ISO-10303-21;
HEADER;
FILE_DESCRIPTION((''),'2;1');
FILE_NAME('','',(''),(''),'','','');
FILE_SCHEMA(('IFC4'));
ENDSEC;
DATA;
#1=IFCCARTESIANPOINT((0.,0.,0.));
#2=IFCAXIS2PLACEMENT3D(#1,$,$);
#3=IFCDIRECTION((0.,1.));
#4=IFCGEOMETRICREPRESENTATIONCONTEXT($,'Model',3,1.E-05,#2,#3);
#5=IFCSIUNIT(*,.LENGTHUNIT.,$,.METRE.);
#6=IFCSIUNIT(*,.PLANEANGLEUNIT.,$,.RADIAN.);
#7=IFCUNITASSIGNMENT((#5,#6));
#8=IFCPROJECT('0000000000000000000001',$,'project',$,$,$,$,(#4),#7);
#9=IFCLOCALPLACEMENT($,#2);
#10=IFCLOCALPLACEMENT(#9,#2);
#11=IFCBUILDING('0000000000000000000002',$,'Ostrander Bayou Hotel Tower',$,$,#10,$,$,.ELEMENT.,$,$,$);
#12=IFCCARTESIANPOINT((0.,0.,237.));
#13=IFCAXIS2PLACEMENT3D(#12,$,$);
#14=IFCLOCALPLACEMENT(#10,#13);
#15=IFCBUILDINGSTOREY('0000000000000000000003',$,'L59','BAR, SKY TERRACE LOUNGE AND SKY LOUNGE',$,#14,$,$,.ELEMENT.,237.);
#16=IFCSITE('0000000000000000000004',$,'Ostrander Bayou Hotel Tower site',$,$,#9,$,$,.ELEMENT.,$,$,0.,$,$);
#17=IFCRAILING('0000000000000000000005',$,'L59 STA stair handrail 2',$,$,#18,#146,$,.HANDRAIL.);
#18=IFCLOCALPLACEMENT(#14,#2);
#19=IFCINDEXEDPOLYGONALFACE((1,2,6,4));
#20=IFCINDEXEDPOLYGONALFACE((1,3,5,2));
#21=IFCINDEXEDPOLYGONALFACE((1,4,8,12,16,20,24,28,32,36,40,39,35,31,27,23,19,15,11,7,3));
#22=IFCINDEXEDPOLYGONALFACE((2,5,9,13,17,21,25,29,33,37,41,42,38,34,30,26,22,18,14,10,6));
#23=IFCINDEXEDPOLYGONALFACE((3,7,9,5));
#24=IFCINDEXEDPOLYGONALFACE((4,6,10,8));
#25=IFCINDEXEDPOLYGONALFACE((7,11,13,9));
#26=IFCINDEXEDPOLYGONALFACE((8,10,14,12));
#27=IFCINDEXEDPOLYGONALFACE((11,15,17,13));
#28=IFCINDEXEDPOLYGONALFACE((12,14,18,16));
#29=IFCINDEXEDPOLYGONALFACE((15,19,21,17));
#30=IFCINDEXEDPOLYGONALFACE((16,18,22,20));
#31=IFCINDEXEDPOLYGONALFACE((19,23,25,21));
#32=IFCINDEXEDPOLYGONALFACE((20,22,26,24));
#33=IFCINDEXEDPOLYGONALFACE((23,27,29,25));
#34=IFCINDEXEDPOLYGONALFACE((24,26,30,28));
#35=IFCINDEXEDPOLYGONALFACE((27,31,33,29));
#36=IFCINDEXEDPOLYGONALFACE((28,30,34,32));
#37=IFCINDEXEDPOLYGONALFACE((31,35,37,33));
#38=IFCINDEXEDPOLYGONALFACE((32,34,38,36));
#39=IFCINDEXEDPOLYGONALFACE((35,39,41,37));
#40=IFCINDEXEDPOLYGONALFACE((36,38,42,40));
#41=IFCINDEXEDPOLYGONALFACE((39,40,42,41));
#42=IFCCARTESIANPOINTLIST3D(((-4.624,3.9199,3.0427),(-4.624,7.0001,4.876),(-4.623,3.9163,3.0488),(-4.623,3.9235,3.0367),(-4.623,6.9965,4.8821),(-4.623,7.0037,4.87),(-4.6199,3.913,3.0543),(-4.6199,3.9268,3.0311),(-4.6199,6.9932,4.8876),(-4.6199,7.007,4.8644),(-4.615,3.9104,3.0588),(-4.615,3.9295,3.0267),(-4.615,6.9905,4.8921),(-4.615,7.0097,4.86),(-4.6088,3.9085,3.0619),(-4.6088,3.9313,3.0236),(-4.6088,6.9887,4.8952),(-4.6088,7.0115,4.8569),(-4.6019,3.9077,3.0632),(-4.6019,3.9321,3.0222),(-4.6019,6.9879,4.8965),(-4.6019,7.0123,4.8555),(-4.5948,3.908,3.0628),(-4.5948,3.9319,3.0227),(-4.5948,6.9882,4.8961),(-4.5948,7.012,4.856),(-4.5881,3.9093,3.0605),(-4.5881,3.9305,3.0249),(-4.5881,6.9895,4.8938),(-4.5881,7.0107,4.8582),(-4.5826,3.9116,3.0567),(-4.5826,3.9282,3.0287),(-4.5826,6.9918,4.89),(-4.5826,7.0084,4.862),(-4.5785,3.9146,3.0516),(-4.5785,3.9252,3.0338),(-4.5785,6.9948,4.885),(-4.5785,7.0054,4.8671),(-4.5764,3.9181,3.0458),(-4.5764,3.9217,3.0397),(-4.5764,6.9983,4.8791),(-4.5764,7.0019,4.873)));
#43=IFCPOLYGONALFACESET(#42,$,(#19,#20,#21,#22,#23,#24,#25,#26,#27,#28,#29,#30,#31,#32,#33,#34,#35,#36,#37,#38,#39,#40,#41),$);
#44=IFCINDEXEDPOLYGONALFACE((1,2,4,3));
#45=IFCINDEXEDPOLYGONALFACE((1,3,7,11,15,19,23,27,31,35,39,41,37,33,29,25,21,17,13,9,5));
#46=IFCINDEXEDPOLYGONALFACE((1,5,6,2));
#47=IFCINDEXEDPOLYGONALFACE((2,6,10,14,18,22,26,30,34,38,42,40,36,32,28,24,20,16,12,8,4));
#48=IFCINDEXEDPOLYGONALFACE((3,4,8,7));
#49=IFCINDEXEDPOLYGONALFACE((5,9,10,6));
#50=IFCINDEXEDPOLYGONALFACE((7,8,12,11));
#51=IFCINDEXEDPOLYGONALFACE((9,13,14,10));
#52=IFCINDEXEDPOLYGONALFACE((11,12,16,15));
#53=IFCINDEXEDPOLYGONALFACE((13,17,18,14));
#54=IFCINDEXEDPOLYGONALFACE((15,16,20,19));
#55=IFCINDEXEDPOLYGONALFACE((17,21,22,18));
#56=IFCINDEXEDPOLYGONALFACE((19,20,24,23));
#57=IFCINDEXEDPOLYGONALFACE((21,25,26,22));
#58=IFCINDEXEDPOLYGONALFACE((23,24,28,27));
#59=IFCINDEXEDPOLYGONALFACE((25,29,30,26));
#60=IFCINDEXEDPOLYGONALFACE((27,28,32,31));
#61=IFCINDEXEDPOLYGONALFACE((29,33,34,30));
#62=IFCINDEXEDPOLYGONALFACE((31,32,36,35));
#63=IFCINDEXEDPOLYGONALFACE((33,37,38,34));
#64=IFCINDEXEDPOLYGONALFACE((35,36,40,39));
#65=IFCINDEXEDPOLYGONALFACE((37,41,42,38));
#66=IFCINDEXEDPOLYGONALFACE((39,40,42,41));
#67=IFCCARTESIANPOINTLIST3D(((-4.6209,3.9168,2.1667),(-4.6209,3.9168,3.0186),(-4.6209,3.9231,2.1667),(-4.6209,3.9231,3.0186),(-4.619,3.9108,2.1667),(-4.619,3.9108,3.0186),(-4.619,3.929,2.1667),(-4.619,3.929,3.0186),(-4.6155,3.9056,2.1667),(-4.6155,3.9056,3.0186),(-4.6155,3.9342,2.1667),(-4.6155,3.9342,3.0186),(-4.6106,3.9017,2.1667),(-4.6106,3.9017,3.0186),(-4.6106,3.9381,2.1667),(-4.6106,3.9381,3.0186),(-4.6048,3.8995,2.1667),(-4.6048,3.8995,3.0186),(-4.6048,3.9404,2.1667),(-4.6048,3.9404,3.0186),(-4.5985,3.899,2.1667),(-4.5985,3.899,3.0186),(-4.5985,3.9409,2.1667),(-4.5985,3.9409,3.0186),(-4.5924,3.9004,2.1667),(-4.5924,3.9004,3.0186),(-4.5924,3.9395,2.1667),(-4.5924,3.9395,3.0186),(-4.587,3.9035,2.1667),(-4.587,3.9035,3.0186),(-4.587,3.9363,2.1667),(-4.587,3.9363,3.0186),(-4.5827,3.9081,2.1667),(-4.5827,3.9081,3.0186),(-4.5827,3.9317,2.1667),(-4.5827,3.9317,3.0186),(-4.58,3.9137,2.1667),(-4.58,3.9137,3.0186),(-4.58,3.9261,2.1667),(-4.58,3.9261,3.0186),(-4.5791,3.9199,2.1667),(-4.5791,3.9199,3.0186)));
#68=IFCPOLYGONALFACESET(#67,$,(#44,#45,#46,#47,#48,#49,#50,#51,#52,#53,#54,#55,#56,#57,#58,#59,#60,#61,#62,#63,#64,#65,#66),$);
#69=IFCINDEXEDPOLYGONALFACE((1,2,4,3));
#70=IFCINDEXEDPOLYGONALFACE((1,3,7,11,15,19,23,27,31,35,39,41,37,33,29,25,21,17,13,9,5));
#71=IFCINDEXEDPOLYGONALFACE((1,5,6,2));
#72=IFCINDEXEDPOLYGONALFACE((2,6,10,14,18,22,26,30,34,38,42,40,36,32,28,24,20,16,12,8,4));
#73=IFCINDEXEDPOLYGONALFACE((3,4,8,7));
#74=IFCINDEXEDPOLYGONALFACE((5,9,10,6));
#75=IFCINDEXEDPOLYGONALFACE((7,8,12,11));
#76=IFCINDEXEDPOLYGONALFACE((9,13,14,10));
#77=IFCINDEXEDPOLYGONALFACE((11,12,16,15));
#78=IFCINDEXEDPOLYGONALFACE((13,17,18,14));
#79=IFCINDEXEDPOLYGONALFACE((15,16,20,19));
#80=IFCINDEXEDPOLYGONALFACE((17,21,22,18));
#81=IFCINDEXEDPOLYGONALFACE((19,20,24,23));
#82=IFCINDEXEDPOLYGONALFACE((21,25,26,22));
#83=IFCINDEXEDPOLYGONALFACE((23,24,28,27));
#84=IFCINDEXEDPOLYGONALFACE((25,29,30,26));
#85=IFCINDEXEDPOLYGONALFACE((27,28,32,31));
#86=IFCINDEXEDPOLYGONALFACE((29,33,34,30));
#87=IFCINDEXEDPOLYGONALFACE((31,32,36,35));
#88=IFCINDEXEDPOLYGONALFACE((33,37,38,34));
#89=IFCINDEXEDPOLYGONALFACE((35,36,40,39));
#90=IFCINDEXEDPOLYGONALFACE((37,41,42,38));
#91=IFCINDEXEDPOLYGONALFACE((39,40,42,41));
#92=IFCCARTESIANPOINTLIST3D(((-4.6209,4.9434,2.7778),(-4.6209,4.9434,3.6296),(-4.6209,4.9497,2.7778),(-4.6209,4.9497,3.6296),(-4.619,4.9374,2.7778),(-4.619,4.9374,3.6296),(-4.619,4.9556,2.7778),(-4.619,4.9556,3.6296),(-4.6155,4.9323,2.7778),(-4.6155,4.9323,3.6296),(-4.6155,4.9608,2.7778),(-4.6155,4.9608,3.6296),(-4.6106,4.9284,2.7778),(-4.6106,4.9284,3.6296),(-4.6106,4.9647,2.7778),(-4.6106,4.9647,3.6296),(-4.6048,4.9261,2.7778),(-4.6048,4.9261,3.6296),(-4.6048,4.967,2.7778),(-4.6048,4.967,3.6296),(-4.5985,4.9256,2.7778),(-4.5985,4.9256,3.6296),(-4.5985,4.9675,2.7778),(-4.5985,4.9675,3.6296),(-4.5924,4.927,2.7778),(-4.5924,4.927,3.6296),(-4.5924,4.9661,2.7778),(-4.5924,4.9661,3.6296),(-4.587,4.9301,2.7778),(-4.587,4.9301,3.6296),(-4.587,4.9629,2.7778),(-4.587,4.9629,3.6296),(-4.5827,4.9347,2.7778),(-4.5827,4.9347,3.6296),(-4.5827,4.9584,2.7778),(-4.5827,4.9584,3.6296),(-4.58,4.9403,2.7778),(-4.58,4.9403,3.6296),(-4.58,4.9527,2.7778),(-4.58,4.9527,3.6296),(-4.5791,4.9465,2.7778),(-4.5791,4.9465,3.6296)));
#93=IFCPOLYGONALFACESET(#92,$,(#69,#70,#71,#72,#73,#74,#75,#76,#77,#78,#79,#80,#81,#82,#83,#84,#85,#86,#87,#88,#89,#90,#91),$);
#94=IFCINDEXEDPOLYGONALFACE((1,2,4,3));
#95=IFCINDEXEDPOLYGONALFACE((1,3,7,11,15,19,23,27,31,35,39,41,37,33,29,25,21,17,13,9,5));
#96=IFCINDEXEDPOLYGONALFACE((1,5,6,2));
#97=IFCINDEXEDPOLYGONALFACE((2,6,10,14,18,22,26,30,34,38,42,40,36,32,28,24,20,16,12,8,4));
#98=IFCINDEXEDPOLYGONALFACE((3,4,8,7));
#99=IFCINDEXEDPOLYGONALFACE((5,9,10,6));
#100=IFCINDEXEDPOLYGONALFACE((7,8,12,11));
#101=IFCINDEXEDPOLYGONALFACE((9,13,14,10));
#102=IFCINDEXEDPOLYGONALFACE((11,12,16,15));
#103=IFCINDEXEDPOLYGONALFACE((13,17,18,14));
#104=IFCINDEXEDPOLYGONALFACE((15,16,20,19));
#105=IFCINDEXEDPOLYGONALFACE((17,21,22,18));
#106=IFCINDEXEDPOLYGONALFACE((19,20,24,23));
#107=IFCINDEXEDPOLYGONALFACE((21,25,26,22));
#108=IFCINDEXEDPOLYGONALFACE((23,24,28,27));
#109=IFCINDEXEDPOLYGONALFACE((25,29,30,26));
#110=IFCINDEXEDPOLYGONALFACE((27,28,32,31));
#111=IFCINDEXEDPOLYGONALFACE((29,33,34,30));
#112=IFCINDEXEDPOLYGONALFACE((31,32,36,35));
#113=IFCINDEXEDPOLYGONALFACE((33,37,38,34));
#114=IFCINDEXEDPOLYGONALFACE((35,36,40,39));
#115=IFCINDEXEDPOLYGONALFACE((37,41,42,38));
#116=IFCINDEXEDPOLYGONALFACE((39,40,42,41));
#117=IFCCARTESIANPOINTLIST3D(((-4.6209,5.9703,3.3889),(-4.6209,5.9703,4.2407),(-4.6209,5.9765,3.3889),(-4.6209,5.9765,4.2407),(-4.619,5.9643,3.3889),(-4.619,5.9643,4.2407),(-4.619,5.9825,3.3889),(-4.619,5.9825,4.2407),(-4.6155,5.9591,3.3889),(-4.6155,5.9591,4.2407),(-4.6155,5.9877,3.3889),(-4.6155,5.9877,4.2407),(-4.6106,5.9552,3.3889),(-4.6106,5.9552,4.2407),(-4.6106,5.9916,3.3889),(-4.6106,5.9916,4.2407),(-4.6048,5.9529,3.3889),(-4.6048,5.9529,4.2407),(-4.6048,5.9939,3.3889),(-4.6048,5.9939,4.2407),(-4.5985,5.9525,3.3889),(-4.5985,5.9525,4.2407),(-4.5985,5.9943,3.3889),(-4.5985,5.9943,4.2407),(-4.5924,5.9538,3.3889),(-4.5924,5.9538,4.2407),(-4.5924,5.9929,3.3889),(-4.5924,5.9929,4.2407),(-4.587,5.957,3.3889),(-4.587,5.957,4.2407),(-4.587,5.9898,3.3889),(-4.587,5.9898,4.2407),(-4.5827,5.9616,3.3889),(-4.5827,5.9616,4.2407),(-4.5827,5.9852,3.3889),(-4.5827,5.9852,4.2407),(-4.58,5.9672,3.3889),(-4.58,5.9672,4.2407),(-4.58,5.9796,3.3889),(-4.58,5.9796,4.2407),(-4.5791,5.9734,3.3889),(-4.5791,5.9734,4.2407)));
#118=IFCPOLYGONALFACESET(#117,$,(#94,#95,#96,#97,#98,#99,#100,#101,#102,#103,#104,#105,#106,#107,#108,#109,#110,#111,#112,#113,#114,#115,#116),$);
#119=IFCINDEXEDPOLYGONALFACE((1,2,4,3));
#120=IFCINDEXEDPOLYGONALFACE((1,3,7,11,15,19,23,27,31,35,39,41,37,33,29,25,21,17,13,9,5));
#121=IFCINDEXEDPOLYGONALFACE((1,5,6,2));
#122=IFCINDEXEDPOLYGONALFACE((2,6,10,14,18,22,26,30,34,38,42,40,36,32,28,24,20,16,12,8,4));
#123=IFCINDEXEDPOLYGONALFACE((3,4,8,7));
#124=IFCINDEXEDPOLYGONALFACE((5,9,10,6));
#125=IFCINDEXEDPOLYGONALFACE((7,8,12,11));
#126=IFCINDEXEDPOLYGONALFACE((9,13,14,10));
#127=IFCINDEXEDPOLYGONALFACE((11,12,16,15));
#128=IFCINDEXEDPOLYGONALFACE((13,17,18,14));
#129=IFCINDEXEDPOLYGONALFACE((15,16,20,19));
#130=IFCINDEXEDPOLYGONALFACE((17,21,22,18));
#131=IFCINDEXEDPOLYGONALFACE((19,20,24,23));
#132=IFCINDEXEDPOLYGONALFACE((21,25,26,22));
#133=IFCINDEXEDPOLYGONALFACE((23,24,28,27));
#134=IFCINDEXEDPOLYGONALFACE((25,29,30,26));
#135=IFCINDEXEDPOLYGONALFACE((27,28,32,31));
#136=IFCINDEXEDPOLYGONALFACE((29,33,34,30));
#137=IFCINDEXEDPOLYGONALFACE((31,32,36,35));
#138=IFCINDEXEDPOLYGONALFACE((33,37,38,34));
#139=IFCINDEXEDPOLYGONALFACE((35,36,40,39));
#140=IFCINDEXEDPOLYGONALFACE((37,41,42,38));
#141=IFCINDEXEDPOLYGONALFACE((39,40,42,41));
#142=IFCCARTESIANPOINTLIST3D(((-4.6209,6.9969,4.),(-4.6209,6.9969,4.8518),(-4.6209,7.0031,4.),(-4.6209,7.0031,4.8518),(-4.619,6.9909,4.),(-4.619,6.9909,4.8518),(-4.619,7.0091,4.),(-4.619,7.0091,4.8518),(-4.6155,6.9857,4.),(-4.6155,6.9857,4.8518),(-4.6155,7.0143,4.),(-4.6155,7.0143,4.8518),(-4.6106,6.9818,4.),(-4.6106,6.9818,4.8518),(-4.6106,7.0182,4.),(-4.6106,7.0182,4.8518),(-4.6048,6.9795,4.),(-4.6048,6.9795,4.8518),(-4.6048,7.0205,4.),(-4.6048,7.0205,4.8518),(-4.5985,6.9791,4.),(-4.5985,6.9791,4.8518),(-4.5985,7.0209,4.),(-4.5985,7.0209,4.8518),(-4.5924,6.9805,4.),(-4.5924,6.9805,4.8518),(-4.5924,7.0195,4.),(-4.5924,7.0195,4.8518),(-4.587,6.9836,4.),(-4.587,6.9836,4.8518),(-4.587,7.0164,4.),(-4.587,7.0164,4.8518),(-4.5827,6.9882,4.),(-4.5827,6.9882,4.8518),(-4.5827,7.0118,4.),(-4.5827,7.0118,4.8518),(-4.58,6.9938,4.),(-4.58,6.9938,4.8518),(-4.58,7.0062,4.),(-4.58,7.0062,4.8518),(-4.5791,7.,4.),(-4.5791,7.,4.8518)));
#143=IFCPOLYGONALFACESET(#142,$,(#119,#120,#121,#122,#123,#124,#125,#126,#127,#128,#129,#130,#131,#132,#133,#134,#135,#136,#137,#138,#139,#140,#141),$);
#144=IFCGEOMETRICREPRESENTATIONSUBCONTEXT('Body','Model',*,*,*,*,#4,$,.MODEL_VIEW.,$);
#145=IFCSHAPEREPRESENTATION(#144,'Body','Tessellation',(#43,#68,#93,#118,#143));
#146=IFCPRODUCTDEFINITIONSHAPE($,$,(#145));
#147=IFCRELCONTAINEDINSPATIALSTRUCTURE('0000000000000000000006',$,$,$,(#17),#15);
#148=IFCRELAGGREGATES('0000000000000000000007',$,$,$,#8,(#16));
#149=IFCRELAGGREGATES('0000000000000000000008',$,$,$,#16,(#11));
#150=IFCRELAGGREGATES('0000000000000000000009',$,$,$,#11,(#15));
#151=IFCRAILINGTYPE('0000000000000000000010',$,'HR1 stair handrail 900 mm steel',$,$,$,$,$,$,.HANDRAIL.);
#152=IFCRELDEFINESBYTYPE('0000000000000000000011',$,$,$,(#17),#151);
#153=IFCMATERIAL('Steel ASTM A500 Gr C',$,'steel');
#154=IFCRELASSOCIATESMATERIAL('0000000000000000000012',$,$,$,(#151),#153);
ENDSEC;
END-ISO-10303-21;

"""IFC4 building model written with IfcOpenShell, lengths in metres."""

from ifc_helpers import new_model, si_unit, direction, frame, origin, origin_2d, place, context, subcontext, project, spatial, circle, extrude, material, type_object, element, save


model = new_model("IFC4")

# Units and contexts
model_context = context("Model", 3, precision=1e-05, world=origin(), true_north=direction((0.0, 1.0)))
body_context = subcontext(model_context, "Body", "Model", "MODEL_VIEW")
ifc_project = project(units=[si_unit("LENGTHUNIT", "METRE"), si_unit("PLANEANGLEUNIT", "RADIAN")], contexts=[model_context])

# Site, building, storey
site_placement = place(None, origin())
site = spatial("IfcSite", under=ifc_project, at=site_placement, Name="Ostrander Bayou Hotel Tower site", CompositionType="ELEMENT", RefElevation=0.0)
building_placement = place(site_placement, origin())
building = spatial("IfcBuilding", under=site, at=building_placement, Name="Ostrander Bayou Hotel Tower", CompositionType="ELEMENT")
storey_placement = place(building_placement, frame((0.0, 0.0, 237.0)))
storey = spatial("IfcBuildingStorey", under=building, at=storey_placement, Name="L59", Description="BAR, SKY TERRACE LOUNGE AND SKY LOUNGE", CompositionType="ELEMENT", Elevation=237.0)

# Railing
ifc_material_1 = material(Name="Steel ASTM A500 Gr C", Category="steel")
railing_type_1 = type_object("IfcRailingType", Name="HR1 stair handrail 900 mm steel", PredefinedType="HANDRAIL", material=ifc_material_1)
railing_1_placement = place(storey_placement, frame((-4.6001, 3.9199, 2.1667)))
element("IfcRailing", 1, at=railing_1_placement, inside=storey, type_object=railing_type_1, Name="L59 STA stair handrail 2", PredefinedType="HANDRAIL", context=body_context, shape_type="SweptSolid", body=[
    extrude(circle(Radius=0.0239, at=origin_2d()), frame((0.0, 0.0, 0.876), z_axis=(0.0, 0.859309, 0.511458), x_axis=(-1.0, 0.0, 0.0)), (0.0, 0.0, 1.0), 3.5845),
    extrude(circle(Radius=0.021, at=origin_2d()), origin(), (0.0, 0.0, 1.0), 0.8518),
    extrude(circle(Radius=0.021, at=origin_2d()), frame((0.0, 1.0266, 0.6111)), (0.0, 0.0, 1.0), 0.8518),
    extrude(circle(Radius=0.021, at=origin_2d()), frame((0.0, 2.0535, 1.2222)), (0.0, 0.0, 1.0), 0.8518),
    extrude(circle(Radius=0.021, at=origin_2d()), frame((0.0, 3.0801, 1.8333)), (0.0, 0.0, 1.0), 0.8518),
])

save(model, "model.ifc")
